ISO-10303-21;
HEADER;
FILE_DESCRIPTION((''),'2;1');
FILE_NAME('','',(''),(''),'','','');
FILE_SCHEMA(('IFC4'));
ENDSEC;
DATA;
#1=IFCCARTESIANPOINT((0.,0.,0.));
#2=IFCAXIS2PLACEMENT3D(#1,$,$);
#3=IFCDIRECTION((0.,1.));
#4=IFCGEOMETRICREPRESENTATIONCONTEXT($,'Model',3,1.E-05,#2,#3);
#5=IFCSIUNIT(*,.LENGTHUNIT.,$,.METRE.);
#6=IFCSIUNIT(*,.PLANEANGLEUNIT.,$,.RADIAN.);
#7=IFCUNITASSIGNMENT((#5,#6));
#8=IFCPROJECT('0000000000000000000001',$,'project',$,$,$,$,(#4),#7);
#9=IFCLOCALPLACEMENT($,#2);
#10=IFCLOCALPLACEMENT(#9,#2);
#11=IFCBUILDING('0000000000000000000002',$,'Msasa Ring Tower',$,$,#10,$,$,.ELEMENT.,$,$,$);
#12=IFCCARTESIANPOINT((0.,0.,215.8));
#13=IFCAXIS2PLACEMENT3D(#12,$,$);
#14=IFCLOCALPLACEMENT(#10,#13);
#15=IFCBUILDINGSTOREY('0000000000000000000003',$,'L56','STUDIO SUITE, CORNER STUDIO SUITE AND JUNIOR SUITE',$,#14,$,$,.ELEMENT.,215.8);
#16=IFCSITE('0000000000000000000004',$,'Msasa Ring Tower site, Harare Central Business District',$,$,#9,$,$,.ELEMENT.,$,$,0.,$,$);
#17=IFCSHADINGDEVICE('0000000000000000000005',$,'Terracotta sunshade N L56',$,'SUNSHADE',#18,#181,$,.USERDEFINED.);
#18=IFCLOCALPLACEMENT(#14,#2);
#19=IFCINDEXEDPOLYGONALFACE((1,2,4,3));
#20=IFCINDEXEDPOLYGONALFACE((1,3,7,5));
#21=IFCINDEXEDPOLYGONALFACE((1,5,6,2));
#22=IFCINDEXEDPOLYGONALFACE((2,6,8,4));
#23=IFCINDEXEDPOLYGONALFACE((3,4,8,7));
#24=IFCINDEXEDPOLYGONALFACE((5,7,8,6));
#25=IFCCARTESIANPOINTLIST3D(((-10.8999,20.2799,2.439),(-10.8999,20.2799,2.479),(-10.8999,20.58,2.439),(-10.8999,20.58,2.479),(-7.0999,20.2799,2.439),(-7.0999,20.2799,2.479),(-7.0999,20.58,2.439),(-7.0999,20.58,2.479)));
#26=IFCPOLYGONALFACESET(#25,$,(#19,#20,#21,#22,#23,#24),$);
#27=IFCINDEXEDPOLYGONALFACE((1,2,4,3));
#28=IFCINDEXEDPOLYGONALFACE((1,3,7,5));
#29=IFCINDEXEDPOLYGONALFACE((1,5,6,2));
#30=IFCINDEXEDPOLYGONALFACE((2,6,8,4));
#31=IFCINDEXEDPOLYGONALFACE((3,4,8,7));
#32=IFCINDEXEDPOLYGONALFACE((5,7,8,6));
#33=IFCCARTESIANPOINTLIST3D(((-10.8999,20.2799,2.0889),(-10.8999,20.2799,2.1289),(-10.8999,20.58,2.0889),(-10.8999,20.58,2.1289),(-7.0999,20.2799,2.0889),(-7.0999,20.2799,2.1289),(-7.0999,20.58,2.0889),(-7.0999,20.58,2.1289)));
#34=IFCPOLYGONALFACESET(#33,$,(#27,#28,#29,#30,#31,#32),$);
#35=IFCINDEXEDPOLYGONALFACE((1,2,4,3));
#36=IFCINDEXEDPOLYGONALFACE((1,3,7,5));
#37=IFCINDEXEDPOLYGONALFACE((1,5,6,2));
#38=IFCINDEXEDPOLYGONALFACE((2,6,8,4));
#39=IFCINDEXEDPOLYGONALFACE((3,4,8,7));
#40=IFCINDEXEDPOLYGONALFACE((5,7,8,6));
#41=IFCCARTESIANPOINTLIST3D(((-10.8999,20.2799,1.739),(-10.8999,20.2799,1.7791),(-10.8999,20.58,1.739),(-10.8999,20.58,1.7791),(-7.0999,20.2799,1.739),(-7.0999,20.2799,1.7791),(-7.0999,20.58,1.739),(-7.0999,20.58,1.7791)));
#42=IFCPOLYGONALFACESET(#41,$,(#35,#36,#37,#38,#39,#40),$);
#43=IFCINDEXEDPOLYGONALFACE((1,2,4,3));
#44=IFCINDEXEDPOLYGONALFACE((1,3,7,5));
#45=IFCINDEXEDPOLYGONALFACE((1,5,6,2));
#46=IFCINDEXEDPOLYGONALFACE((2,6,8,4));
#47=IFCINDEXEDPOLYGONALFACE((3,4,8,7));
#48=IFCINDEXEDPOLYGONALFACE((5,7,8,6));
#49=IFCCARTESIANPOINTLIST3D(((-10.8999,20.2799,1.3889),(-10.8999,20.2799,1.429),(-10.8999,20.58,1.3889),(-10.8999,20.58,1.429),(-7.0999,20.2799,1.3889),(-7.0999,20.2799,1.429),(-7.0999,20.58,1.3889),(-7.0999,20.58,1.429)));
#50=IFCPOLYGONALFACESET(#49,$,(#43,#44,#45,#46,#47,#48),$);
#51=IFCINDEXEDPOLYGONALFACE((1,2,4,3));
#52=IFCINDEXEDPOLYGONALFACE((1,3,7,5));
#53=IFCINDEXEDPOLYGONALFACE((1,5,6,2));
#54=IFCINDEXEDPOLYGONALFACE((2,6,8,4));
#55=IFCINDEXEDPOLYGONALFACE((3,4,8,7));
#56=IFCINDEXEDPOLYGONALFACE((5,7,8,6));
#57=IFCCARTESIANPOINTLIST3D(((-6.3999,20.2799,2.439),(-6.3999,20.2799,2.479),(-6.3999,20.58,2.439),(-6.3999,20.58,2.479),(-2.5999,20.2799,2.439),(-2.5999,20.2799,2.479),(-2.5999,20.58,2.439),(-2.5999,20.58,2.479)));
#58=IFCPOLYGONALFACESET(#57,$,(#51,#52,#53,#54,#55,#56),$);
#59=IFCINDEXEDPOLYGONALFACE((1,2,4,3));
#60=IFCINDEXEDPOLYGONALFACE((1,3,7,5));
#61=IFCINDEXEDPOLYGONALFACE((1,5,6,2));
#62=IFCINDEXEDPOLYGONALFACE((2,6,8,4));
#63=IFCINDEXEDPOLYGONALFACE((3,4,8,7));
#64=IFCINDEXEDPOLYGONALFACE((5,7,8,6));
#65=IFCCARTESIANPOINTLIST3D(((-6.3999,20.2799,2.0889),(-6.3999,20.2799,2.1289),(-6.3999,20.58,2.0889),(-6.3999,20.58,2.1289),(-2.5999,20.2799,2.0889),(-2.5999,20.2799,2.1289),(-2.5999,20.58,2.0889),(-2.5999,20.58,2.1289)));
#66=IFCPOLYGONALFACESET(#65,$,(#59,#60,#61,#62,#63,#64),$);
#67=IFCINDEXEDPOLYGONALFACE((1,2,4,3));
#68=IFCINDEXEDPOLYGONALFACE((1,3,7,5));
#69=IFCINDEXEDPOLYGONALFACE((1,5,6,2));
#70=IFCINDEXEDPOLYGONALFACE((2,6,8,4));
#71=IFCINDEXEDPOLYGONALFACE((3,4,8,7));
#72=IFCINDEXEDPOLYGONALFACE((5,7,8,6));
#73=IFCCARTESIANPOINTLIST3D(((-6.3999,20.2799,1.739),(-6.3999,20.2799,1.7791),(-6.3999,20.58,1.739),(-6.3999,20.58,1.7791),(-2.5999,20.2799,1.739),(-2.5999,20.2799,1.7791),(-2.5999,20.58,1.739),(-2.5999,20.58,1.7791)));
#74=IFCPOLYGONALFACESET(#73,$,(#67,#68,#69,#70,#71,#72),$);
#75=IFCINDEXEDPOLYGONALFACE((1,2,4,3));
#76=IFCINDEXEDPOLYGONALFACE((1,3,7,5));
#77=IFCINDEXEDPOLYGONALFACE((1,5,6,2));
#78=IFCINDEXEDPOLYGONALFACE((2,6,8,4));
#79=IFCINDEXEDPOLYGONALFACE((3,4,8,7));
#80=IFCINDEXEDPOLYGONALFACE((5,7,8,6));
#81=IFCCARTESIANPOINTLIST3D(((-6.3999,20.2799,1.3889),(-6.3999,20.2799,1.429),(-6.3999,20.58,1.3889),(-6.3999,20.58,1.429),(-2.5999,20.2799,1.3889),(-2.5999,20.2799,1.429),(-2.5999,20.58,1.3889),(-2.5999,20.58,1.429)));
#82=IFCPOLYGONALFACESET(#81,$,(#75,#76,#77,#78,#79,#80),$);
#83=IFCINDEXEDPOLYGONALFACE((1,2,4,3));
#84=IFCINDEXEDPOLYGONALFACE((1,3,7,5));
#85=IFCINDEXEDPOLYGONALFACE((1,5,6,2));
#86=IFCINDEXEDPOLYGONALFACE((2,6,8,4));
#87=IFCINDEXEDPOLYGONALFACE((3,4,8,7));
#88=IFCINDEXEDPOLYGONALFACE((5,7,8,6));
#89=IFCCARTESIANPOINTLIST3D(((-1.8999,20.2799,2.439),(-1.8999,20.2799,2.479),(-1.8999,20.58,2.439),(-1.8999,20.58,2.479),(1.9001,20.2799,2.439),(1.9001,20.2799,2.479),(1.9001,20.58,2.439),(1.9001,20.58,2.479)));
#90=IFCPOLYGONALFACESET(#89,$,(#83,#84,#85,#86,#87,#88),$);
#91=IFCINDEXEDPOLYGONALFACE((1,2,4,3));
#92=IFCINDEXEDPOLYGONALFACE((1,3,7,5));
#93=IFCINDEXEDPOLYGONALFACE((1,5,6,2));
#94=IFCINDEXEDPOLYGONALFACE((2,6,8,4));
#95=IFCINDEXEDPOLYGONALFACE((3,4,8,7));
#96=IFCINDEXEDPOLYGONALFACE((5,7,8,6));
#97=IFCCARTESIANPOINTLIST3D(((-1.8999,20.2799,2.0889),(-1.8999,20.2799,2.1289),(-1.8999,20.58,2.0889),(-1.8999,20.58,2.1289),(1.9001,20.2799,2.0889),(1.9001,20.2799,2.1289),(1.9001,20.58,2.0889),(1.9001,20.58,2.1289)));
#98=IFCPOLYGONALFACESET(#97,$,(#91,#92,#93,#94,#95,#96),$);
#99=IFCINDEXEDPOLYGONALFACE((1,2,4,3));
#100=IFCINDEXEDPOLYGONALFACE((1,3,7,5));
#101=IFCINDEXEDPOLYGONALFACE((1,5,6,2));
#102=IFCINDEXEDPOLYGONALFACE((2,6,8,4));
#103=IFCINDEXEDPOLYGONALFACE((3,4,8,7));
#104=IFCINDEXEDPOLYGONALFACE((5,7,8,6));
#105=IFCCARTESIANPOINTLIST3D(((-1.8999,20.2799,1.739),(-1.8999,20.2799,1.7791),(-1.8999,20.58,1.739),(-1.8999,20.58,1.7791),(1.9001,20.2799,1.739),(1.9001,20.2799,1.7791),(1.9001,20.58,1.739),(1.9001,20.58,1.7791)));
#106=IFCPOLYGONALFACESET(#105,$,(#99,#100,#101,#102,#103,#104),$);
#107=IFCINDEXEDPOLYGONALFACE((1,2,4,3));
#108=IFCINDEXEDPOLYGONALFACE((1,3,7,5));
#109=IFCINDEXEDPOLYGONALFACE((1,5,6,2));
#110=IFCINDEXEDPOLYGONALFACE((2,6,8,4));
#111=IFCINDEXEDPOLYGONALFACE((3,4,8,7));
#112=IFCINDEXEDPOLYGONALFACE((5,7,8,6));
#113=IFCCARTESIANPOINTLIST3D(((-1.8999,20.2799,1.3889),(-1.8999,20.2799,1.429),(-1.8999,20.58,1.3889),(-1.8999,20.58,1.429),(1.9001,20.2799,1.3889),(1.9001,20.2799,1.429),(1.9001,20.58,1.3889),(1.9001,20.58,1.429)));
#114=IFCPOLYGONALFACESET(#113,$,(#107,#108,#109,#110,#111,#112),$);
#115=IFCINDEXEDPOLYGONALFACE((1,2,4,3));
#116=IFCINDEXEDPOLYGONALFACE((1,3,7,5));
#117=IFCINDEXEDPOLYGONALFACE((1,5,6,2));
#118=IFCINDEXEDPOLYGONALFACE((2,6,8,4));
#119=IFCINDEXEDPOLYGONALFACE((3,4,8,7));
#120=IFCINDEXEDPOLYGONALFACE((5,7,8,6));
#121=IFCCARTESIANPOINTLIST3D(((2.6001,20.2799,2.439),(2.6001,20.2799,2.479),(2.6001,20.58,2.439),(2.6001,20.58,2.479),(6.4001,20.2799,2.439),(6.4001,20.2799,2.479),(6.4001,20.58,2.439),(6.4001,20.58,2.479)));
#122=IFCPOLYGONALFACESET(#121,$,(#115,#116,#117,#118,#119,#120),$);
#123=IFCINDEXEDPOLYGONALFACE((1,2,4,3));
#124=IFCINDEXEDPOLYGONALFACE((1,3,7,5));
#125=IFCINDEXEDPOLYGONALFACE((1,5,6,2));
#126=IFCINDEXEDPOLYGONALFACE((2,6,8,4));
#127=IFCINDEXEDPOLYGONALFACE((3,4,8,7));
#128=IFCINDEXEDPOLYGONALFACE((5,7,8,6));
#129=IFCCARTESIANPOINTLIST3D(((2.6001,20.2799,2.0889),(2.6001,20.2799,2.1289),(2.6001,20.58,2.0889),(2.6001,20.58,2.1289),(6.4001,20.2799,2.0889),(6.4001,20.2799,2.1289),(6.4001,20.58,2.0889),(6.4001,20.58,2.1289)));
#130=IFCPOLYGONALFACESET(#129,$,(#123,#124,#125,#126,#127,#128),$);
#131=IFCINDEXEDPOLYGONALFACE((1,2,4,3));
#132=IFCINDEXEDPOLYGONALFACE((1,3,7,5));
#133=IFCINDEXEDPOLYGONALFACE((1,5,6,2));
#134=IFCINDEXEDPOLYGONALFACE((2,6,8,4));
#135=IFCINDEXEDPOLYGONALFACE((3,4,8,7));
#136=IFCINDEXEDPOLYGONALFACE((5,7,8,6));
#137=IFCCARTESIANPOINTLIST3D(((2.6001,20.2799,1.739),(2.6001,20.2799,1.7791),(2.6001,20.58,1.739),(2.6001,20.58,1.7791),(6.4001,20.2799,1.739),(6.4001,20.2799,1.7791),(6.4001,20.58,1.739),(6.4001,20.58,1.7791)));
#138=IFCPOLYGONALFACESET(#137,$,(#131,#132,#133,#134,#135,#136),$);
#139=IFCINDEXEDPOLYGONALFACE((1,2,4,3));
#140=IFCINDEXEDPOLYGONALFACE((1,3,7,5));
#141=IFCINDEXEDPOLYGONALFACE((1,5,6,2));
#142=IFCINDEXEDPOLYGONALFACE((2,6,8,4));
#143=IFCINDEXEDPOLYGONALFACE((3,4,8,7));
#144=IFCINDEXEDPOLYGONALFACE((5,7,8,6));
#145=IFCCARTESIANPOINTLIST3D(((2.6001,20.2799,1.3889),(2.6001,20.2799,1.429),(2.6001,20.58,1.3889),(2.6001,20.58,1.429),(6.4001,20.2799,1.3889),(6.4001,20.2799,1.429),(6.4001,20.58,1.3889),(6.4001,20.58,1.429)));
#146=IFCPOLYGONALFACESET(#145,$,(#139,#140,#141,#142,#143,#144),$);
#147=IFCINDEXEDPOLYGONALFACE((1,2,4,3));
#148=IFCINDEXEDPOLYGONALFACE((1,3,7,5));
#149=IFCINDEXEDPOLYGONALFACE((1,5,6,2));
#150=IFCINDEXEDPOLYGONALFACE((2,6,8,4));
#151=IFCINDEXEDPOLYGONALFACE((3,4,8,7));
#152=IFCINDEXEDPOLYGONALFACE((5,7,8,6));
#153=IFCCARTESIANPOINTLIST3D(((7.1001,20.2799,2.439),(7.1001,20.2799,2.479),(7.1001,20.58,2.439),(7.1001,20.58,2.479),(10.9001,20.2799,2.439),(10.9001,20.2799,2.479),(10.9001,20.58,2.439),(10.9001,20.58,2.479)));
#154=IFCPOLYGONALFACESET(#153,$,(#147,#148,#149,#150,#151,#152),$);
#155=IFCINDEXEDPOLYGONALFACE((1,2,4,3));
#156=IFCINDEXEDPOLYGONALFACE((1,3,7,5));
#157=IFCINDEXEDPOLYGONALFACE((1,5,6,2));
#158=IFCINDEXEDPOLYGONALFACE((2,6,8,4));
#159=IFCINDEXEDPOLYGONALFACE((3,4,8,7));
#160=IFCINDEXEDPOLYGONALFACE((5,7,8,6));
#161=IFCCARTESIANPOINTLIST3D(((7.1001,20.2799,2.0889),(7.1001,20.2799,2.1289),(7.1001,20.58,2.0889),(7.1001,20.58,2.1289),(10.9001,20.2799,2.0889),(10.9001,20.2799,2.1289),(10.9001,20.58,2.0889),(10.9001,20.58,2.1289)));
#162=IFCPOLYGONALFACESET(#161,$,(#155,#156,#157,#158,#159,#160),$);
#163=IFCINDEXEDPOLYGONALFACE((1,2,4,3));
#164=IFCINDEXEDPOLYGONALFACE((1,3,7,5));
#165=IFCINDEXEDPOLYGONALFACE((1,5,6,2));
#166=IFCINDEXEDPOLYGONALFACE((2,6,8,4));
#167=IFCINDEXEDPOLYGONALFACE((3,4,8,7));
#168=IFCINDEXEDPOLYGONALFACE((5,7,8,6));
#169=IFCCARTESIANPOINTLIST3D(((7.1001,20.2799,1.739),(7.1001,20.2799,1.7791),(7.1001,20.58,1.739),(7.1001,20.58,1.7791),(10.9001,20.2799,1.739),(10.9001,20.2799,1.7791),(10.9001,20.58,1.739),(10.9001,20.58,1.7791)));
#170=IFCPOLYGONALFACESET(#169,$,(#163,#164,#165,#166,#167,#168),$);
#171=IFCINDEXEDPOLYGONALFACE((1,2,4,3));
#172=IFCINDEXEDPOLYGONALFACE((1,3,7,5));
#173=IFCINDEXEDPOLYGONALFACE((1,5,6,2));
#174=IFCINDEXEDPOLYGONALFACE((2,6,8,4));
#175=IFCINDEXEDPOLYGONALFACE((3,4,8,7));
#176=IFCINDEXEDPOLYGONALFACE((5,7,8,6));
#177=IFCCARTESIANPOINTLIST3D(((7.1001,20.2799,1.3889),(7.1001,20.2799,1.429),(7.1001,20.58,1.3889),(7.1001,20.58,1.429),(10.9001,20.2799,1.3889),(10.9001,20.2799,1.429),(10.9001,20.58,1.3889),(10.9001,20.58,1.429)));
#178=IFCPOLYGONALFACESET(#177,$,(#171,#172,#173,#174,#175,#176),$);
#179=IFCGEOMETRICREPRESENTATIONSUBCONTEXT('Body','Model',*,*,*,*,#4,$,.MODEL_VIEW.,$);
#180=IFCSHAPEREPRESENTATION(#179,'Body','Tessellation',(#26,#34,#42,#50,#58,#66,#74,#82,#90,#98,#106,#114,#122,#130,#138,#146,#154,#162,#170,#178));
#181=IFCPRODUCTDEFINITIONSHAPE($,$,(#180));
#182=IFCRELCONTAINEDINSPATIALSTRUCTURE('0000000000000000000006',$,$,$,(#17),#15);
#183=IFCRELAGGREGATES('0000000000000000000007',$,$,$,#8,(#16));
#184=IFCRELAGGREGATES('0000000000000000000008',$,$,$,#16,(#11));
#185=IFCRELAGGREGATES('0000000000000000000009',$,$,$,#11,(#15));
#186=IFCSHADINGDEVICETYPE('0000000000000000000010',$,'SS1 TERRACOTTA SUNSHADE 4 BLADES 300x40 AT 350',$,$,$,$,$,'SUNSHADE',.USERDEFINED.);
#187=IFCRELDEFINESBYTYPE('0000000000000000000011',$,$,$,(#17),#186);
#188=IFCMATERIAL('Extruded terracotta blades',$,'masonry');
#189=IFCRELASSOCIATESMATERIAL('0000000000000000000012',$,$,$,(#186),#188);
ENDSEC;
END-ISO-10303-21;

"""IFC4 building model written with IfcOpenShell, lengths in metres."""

from ifc_helpers import new_model, si_unit, direction, frame, origin, origin_2d, place, context, subcontext, project, spatial, rectangle, extrude, material, type_object, element, save


model = new_model("IFC4")

# Units and contexts
model_context = context("Model", 3, precision=1e-05, world=origin(), true_north=direction((0.0, 1.0)))
body_context = subcontext(model_context, "Body", "Model", "MODEL_VIEW")
ifc_project = project(units=[si_unit("LENGTHUNIT", "METRE"), si_unit("PLANEANGLEUNIT", "RADIAN")], contexts=[model_context])

# Site, building, storey
site_placement = place(None, origin())
site = spatial("IfcSite", under=ifc_project, at=site_placement, Name="Msasa Ring Tower site, Harare Central Business District", CompositionType="ELEMENT", RefElevation=0.0)
building_placement = place(site_placement, origin())
building = spatial("IfcBuilding", under=site, at=building_placement, Name="Msasa Ring Tower", CompositionType="ELEMENT")
storey_placement = place(building_placement, frame((0.0, 0.0, 215.8)))
storey = spatial("IfcBuildingStorey", under=building, at=storey_placement, Name="L56", Description="STUDIO SUITE, CORNER STUDIO SUITE AND JUNIOR SUITE", CompositionType="ELEMENT", Elevation=215.8)

# Shading device
ifc_material_1 = material(Name="Extruded terracotta blades", Category="masonry")
shading_device_type_1 = type_object("IfcShadingDeviceType", Name="SS1 TERRACOTTA SUNSHADE 4 BLADES 300x40 AT 350", ElementType="SUNSHADE", PredefinedType="USERDEFINED", material=ifc_material_1)
shading_device_1_placement = place(storey_placement, origin())
element("IfcShadingDevice", 1, at=shading_device_1_placement, inside=storey, type_object=shading_device_type_1, Name="Terracotta sunshade N L56", ObjectType="SUNSHADE", PredefinedType="USERDEFINED", context=body_context, shape_type="SweptSolid", body=[
    extrude(rectangle(XDim=0.04, YDim=0.3, at=origin_2d()), frame((-10.8999, 20.4299, 2.459), z_axis=(1.0, 0.0, 0.0), x_axis=(0.0, 0.0, 1.0)), (0.0, 0.0, 1.0), 3.8),
    extrude(rectangle(XDim=0.04, YDim=0.3, at=origin_2d()), frame((-10.8999, 20.4299, 2.1089), z_axis=(1.0, 0.0, 0.0), x_axis=(0.0, 0.0, 1.0)), (0.0, 0.0, 1.0), 3.8),
    extrude(rectangle(XDim=0.04, YDim=0.3, at=origin_2d()), frame((-10.8999, 20.4299, 1.759), z_axis=(1.0, 0.0, 0.0), x_axis=(0.0, 0.0, 1.0)), (0.0, 0.0, 1.0), 3.8),
    extrude(rectangle(XDim=0.04, YDim=0.3, at=origin_2d()), frame((-10.8999, 20.4299, 1.4089), z_axis=(1.0, 0.0, 0.0), x_axis=(0.0, 0.0, 1.0)), (0.0, 0.0, 1.0), 3.8),
    extrude(rectangle(XDim=0.04, YDim=0.3, at=origin_2d()), frame((-6.3999, 20.4299, 2.459), z_axis=(1.0, 0.0, 0.0), x_axis=(0.0, 0.0, 1.0)), (0.0, 0.0, 1.0), 3.8),
    extrude(rectangle(XDim=0.04, YDim=0.3, at=origin_2d()), frame((-6.3999, 20.4299, 2.1089), z_axis=(1.0, 0.0, 0.0), x_axis=(0.0, 0.0, 1.0)), (0.0, 0.0, 1.0), 3.8),
    extrude(rectangle(XDim=0.04, YDim=0.3, at=origin_2d()), frame((-6.3999, 20.4299, 1.759), z_axis=(1.0, 0.0, 0.0), x_axis=(0.0, 0.0, 1.0)), (0.0, 0.0, 1.0), 3.8),
    extrude(rectangle(XDim=0.04, YDim=0.3, at=origin_2d()), frame((-6.3999, 20.4299, 1.4089), z_axis=(1.0, 0.0, 0.0), x_axis=(0.0, 0.0, 1.0)), (0.0, 0.0, 1.0), 3.8),
    extrude(rectangle(XDim=0.04, YDim=0.3, at=origin_2d()), frame((-1.8999, 20.4299, 2.459), z_axis=(1.0, 0.0, 0.0), x_axis=(0.0, 0.0, 1.0)), (0.0, 0.0, 1.0), 3.8),
    extrude(rectangle(XDim=0.04, YDim=0.3, at=origin_2d()), frame((-1.8999, 20.4299, 2.1089), z_axis=(1.0, 0.0, 0.0), x_axis=(0.0, 0.0, 1.0)), (0.0, 0.0, 1.0), 3.8),
    extrude(rectangle(XDim=0.04, YDim=0.3, at=origin_2d()), frame((-1.8999, 20.4299, 1.759), z_axis=(1.0, 0.0, 0.0), x_axis=(0.0, 0.0, 1.0)), (0.0, 0.0, 1.0), 3.8),
    extrude(rectangle(XDim=0.04, YDim=0.3, at=origin_2d()), frame((-1.8999, 20.4299, 1.4089), z_axis=(1.0, 0.0, 0.0), x_axis=(0.0, 0.0, 1.0)), (0.0, 0.0, 1.0), 3.8),
    extrude(rectangle(XDim=0.04, YDim=0.3, at=origin_2d()), frame((2.6001, 20.4299, 2.459), z_axis=(1.0, 0.0, 0.0), x_axis=(0.0, 0.0, 1.0)), (0.0, 0.0, 1.0), 3.8),
    extrude(rectangle(XDim=0.04, YDim=0.3, at=origin_2d()), frame((2.6001, 20.4299, 2.1089), z_axis=(1.0, 0.0, 0.0), x_axis=(0.0, 0.0, 1.0)), (0.0, 0.0, 1.0), 3.8),
    extrude(rectangle(XDim=0.04, YDim=0.3, at=origin_2d()), frame((2.6001, 20.4299, 1.759), z_axis=(1.0, 0.0, 0.0), x_axis=(0.0, 0.0, 1.0)), (0.0, 0.0, 1.0), 3.8),
    extrude(rectangle(XDim=0.04, YDim=0.3, at=origin_2d()), frame((2.6001, 20.4299, 1.4089), z_axis=(1.0, 0.0, 0.0), x_axis=(0.0, 0.0, 1.0)), (0.0, 0.0, 1.0), 3.8),
    extrude(rectangle(XDim=0.04, YDim=0.3, at=origin_2d()), frame((7.1001, 20.4299, 2.459), z_axis=(1.0, 0.0, 0.0), x_axis=(0.0, 0.0, 1.0)), (0.0, 0.0, 1.0), 3.8),
    extrude(rectangle(XDim=0.04, YDim=0.3, at=origin_2d()), frame((7.1001, 20.4299, 2.1089), z_axis=(1.0, 0.0, 0.0), x_axis=(0.0, 0.0, 1.0)), (0.0, 0.0, 1.0), 3.8),
    extrude(rectangle(XDim=0.04, YDim=0.3, at=origin_2d()), frame((7.1001, 20.4299, 1.759), z_axis=(1.0, 0.0, 0.0), x_axis=(0.0, 0.0, 1.0)), (0.0, 0.0, 1.0), 3.8),
    extrude(rectangle(XDim=0.04, YDim=0.3, at=origin_2d()), frame((7.1001, 20.4299, 1.4089), z_axis=(1.0, 0.0, 0.0), x_axis=(0.0, 0.0, 1.0)), (0.0, 0.0, 1.0), 3.8),
])

save(model, "model.ifc")
